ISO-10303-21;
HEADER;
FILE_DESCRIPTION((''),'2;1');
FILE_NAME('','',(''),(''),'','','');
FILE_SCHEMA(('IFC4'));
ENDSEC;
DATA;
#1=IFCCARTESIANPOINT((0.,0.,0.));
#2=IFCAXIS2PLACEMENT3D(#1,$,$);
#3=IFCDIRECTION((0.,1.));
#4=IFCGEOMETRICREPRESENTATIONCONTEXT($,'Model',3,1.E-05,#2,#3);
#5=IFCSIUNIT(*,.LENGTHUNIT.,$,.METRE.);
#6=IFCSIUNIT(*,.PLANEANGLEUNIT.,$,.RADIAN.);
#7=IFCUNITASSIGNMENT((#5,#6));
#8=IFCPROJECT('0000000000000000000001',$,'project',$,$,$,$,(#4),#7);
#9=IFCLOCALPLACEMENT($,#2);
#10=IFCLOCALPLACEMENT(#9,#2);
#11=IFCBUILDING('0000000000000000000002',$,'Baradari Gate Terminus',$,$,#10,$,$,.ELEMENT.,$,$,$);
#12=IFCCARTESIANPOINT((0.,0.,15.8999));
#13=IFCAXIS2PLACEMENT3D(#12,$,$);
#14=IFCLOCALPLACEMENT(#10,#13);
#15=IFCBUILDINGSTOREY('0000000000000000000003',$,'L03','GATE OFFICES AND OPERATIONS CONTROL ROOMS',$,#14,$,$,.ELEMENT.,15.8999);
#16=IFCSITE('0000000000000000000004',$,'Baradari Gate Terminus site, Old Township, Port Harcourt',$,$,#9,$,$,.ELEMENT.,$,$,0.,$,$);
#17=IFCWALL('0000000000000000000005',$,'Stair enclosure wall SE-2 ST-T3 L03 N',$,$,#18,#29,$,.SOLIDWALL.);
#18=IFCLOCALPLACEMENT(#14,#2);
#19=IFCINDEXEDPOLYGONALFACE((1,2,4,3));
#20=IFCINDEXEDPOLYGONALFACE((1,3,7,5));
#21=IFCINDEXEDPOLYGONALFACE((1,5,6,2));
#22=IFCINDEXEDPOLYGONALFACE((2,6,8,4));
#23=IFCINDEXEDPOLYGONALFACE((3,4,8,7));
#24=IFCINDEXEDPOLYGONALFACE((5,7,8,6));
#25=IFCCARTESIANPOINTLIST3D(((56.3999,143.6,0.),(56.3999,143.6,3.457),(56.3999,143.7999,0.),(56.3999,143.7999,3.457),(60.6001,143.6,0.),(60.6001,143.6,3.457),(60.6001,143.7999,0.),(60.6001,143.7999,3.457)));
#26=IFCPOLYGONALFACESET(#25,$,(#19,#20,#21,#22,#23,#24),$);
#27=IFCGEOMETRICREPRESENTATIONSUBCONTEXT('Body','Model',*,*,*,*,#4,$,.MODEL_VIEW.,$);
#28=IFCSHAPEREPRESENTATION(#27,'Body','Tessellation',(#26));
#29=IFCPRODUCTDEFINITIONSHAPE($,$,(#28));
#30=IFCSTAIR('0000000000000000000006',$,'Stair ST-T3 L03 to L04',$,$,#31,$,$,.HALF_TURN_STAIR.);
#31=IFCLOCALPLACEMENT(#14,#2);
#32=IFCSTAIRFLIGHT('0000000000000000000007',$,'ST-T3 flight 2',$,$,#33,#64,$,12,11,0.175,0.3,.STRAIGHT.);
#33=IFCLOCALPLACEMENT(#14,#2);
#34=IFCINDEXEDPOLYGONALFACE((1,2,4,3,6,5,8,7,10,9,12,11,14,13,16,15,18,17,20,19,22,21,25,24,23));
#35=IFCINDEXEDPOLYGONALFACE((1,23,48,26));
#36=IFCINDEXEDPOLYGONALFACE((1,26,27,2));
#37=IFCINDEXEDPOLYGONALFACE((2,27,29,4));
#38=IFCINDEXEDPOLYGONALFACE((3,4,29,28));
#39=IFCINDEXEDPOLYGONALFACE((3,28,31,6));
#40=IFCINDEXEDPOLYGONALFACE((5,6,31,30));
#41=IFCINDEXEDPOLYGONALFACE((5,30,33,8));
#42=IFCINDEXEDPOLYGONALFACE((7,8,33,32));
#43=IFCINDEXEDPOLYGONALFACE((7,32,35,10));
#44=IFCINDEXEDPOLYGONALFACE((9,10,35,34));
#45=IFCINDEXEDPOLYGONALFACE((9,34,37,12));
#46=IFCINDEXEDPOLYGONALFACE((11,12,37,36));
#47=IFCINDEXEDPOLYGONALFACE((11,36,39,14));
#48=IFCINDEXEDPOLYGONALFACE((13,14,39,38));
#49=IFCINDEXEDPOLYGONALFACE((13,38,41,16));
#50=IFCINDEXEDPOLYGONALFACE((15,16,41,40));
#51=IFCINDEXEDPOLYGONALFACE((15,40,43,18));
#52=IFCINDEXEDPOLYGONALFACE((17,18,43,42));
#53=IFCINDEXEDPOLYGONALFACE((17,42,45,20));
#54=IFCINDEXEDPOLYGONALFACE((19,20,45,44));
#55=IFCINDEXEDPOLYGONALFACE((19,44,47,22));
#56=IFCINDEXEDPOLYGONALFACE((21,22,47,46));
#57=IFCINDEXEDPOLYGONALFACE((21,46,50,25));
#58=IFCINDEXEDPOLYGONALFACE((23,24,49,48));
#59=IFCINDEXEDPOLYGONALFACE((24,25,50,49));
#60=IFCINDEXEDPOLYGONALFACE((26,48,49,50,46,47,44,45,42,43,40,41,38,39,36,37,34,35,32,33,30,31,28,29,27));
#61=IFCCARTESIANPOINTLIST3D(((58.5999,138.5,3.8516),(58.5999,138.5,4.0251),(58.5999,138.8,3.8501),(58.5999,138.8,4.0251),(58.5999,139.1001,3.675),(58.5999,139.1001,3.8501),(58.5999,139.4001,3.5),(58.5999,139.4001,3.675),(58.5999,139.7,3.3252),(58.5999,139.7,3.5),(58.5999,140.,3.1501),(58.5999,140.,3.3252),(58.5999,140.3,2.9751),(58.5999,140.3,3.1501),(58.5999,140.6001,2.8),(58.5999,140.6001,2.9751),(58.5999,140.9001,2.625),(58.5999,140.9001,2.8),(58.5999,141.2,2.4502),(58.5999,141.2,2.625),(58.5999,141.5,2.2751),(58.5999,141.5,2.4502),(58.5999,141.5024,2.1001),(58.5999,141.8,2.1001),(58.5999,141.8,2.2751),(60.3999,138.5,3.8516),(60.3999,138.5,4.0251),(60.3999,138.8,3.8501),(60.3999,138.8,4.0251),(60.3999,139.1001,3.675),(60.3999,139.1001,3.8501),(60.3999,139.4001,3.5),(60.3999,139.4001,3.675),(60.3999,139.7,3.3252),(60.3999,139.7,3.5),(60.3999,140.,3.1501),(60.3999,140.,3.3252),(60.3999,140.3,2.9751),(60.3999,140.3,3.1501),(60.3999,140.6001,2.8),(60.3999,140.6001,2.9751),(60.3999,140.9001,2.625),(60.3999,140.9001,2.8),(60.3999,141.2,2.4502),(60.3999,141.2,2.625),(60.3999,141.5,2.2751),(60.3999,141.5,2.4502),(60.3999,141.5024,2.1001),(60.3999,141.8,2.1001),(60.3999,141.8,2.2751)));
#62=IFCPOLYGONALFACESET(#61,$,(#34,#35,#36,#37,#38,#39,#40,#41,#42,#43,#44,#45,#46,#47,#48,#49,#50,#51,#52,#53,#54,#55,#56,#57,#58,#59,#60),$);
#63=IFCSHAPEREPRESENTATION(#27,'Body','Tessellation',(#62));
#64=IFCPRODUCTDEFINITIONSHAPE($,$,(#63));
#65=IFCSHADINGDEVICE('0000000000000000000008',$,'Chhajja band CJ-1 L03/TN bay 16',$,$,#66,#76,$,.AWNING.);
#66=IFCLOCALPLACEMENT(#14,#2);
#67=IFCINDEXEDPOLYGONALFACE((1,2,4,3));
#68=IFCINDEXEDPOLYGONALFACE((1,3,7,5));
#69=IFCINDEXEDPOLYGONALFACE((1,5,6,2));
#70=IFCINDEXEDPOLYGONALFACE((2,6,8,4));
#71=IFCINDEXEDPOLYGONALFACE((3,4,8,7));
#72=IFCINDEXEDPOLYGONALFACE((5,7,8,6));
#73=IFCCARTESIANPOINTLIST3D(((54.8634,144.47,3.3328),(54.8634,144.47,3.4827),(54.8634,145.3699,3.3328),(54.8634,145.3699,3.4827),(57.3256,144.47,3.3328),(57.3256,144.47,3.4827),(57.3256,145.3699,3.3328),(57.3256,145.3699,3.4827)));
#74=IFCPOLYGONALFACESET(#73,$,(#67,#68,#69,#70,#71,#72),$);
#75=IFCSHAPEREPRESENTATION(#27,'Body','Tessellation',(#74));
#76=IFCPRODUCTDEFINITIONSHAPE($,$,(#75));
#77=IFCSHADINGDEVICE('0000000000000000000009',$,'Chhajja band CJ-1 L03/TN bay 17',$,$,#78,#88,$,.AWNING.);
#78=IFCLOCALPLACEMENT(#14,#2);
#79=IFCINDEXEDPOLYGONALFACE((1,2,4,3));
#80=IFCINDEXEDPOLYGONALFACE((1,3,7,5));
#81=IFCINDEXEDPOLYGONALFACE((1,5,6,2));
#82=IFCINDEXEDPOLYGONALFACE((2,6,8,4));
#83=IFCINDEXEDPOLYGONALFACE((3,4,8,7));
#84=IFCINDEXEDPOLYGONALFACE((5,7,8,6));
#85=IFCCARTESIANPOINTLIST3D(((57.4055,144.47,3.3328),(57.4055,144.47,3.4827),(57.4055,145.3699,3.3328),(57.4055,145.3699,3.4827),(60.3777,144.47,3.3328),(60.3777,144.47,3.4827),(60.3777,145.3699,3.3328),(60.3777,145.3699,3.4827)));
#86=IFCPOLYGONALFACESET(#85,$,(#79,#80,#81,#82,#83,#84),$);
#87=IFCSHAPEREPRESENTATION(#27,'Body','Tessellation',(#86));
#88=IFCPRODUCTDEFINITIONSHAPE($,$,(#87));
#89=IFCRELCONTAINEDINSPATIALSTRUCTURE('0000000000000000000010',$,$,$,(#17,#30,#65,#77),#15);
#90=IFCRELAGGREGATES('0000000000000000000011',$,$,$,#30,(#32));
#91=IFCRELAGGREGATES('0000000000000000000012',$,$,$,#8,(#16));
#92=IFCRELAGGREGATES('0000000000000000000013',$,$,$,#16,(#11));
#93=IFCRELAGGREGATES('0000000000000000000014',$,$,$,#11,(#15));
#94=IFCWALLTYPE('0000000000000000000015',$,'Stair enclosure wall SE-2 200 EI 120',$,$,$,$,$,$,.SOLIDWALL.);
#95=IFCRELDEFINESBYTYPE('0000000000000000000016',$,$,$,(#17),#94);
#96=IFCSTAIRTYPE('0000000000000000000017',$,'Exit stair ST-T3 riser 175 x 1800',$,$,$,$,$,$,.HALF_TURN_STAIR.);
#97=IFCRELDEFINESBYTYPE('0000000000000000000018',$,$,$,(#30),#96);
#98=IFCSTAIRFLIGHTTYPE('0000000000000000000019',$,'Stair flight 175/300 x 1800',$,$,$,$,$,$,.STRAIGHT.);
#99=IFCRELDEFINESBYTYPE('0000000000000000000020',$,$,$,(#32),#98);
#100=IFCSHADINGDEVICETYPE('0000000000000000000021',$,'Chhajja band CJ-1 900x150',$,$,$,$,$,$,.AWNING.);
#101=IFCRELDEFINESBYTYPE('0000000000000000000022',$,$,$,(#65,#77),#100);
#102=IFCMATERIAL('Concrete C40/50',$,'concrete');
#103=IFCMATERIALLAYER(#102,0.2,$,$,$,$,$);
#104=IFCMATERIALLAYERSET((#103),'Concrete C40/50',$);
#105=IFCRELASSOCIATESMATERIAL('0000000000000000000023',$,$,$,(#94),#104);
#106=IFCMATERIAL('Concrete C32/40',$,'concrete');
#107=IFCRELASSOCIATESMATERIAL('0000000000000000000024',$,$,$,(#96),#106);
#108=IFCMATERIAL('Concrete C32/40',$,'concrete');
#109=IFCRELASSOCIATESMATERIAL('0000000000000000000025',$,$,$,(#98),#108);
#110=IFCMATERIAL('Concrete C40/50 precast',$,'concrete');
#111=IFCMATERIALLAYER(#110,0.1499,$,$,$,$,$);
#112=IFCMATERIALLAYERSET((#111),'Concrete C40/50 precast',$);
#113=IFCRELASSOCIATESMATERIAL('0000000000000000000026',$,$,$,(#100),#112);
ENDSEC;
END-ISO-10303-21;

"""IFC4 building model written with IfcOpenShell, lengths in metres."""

from ifc_helpers import new_model, si_unit, direction, frame, frame_2d, origin, origin_2d, place, context, subcontext, project, spatial, polyline, rectangle, outline, extrude, material, layer, layer_set, type_object, element, aggregate, save


model = new_model("IFC4")

# Units and contexts
model_context = context("Model", 3, precision=1e-05, world=origin(), true_north=direction((0.0, 1.0)))
body_context = subcontext(model_context, "Body", "Model", "MODEL_VIEW")
ifc_project = project(units=[si_unit("LENGTHUNIT", "METRE"), si_unit("PLANEANGLEUNIT", "RADIAN")], contexts=[model_context])

# Site, building, storey
site_placement = place(None, origin())
site = spatial("IfcSite", under=ifc_project, at=site_placement, Name="Baradari Gate Terminus site, Old Township, Port Harcourt", CompositionType="ELEMENT", RefElevation=0.0)
building_placement = place(site_placement, origin())
building = spatial("IfcBuilding", under=site, at=building_placement, Name="Baradari Gate Terminus", CompositionType="ELEMENT")
storey_placement = place(building_placement, frame((0.0, 0.0, 15.8999)))
storey = spatial("IfcBuildingStorey", under=building, at=storey_placement, Name="L03", Description="GATE OFFICES AND OPERATIONS CONTROL ROOMS", CompositionType="ELEMENT", Elevation=15.8999)

# Wall
ifc_material_1 = material(Name="Concrete C40/50", Category="concrete")
ifc_layer_1 = layer(ifc_material_1, 0.2)
ifc_layer_set_1 = layer_set([ifc_layer_1], Name="Concrete C40/50")
wall_type = type_object("IfcWallType", Name="Stair enclosure wall SE-2 200 EI 120", PredefinedType="SOLIDWALL", material=ifc_layer_set_1)
wall_placement = place(storey_placement, frame((56.3999, 143.7, 0.0), z_axis=(0.0, 0.0, 1.0), x_axis=(1.0, 0.0, 0.0)))
element("IfcWall", 1, at=wall_placement, inside=storey, type_object=wall_type, Name="Stair enclosure wall SE-2 ST-T3 L03 N", PredefinedType="SOLIDWALL", context=body_context, shape_type="SweptSolid", body=[
    extrude(rectangle(XDim=4.2002, YDim=0.2, at=frame_2d((2.1001, 0.0))), origin(), (0.0, 0.0, 1.0), 3.457),
])

# Stair, stair flight
ifc_material_2 = material(Name="Concrete C32/40", Category="concrete")
stair_type = type_object("IfcStairType", Name="Exit stair ST-T3 riser 175 x 1800", PredefinedType="HALF_TURN_STAIR", material=ifc_material_2)
stair_placement = place(storey_placement, origin())
stair = element("IfcStair", 2, at=stair_placement, inside=storey, type_object=stair_type, Name="Stair ST-T3 L03 to L04", PredefinedType="HALF_TURN_STAIR")
ifc_material_3 = material(Name="Concrete C32/40", Category="concrete")
stair_flight_type = type_object("IfcStairFlightType", Name="Stair flight 175/300 x 1800", PredefinedType="STRAIGHT", material=ifc_material_3)
stair_flight_placement = place(storey_placement, frame((59.5, 141.8, 2.1001), z_axis=(0.0, 0.0, 1.0), x_axis=(0.0, -1.0, 0.0)))
stair_flight = element("IfcStairFlight", 3, at=stair_flight_placement, type_object=stair_flight_type, Name="ST-T3 flight 2", NumberOfRisers=12, NumberOfTreads=11, PredefinedType="STRAIGHT", RiserHeight=0.175, TreadLength=0.3, context=body_context, shape_type="SweptSolid", body=[
    extrude(outline(polyline([(0.0, 0.0), (0.0, 0.175), (0.3, 0.175), (0.3, 0.3501), (0.6001, 0.3501), (0.6001, 0.5249), (0.8999, 0.5249), (0.8999, 0.7), (1.2, 0.7), (1.2, 0.875), (1.5, 0.875), (1.5, 1.05), (1.8, 1.05), (1.8, 1.2251), (2.1001, 1.2251), (2.1001, 1.3999), (2.3999, 1.3999), (2.3999, 1.575), (2.7, 1.575), (2.7, 1.75), (3.0, 1.75), (3.0, 1.925), (3.3, 1.925), (3.3, 2.1001), (3.3, 1.7515), (0.2976, 0.0), (0.0, 0.0)])), frame((0.0, 0.8999, 0.0), z_axis=(0.0, -1.0, 0.0), x_axis=(1.0, 0.0, 0.0)), (0.0, 0.0, 1.0), 1.8),
])
aggregate(stair, [stair_flight])

# Shading devices
ifc_material_4 = material(Name="Concrete C40/50 precast", Category="concrete")
ifc_layer_2 = layer(ifc_material_4, 0.1499)
ifc_layer_set_2 = layer_set([ifc_layer_2], Name="Concrete C40/50 precast")
shading_device_type_1 = type_object("IfcShadingDeviceType", Name="Chhajja band CJ-1 900x150", PredefinedType="AWNING", material=ifc_layer_set_2)
shading_device_1_placement = place(storey_placement, frame((56.0945, 144.9199, 3.3328), z_axis=(0.0, 0.0, 1.0), x_axis=(1.0, 0.0, 0.0)))
element("IfcShadingDevice", 4, at=shading_device_1_placement, inside=storey, type_object=shading_device_type_1, Name="Chhajja band CJ-1 L03/TN bay 16", PredefinedType="AWNING", context=body_context, shape_type="SweptSolid", body=[
    extrude(rectangle(XDim=2.4622, YDim=0.8999, at=origin_2d()), origin(), (0.0, 0.0, 1.0), 0.1499),
])
shading_device_2_placement = place(storey_placement, frame((58.8916, 144.9199, 3.3328), z_axis=(0.0, 0.0, 1.0), x_axis=(1.0, 0.0, 0.0)))
element("IfcShadingDevice", 5, at=shading_device_2_placement, inside=storey, type_object=shading_device_type_1, Name="Chhajja band CJ-1 L03/TN bay 17", PredefinedType="AWNING", context=body_context, shape_type="SweptSolid", body=[
    extrude(rectangle(XDim=2.9722, YDim=0.8999, at=origin_2d()), origin(), (0.0, 0.0, 1.0), 0.1499),
])

save(model, "model.ifc")
